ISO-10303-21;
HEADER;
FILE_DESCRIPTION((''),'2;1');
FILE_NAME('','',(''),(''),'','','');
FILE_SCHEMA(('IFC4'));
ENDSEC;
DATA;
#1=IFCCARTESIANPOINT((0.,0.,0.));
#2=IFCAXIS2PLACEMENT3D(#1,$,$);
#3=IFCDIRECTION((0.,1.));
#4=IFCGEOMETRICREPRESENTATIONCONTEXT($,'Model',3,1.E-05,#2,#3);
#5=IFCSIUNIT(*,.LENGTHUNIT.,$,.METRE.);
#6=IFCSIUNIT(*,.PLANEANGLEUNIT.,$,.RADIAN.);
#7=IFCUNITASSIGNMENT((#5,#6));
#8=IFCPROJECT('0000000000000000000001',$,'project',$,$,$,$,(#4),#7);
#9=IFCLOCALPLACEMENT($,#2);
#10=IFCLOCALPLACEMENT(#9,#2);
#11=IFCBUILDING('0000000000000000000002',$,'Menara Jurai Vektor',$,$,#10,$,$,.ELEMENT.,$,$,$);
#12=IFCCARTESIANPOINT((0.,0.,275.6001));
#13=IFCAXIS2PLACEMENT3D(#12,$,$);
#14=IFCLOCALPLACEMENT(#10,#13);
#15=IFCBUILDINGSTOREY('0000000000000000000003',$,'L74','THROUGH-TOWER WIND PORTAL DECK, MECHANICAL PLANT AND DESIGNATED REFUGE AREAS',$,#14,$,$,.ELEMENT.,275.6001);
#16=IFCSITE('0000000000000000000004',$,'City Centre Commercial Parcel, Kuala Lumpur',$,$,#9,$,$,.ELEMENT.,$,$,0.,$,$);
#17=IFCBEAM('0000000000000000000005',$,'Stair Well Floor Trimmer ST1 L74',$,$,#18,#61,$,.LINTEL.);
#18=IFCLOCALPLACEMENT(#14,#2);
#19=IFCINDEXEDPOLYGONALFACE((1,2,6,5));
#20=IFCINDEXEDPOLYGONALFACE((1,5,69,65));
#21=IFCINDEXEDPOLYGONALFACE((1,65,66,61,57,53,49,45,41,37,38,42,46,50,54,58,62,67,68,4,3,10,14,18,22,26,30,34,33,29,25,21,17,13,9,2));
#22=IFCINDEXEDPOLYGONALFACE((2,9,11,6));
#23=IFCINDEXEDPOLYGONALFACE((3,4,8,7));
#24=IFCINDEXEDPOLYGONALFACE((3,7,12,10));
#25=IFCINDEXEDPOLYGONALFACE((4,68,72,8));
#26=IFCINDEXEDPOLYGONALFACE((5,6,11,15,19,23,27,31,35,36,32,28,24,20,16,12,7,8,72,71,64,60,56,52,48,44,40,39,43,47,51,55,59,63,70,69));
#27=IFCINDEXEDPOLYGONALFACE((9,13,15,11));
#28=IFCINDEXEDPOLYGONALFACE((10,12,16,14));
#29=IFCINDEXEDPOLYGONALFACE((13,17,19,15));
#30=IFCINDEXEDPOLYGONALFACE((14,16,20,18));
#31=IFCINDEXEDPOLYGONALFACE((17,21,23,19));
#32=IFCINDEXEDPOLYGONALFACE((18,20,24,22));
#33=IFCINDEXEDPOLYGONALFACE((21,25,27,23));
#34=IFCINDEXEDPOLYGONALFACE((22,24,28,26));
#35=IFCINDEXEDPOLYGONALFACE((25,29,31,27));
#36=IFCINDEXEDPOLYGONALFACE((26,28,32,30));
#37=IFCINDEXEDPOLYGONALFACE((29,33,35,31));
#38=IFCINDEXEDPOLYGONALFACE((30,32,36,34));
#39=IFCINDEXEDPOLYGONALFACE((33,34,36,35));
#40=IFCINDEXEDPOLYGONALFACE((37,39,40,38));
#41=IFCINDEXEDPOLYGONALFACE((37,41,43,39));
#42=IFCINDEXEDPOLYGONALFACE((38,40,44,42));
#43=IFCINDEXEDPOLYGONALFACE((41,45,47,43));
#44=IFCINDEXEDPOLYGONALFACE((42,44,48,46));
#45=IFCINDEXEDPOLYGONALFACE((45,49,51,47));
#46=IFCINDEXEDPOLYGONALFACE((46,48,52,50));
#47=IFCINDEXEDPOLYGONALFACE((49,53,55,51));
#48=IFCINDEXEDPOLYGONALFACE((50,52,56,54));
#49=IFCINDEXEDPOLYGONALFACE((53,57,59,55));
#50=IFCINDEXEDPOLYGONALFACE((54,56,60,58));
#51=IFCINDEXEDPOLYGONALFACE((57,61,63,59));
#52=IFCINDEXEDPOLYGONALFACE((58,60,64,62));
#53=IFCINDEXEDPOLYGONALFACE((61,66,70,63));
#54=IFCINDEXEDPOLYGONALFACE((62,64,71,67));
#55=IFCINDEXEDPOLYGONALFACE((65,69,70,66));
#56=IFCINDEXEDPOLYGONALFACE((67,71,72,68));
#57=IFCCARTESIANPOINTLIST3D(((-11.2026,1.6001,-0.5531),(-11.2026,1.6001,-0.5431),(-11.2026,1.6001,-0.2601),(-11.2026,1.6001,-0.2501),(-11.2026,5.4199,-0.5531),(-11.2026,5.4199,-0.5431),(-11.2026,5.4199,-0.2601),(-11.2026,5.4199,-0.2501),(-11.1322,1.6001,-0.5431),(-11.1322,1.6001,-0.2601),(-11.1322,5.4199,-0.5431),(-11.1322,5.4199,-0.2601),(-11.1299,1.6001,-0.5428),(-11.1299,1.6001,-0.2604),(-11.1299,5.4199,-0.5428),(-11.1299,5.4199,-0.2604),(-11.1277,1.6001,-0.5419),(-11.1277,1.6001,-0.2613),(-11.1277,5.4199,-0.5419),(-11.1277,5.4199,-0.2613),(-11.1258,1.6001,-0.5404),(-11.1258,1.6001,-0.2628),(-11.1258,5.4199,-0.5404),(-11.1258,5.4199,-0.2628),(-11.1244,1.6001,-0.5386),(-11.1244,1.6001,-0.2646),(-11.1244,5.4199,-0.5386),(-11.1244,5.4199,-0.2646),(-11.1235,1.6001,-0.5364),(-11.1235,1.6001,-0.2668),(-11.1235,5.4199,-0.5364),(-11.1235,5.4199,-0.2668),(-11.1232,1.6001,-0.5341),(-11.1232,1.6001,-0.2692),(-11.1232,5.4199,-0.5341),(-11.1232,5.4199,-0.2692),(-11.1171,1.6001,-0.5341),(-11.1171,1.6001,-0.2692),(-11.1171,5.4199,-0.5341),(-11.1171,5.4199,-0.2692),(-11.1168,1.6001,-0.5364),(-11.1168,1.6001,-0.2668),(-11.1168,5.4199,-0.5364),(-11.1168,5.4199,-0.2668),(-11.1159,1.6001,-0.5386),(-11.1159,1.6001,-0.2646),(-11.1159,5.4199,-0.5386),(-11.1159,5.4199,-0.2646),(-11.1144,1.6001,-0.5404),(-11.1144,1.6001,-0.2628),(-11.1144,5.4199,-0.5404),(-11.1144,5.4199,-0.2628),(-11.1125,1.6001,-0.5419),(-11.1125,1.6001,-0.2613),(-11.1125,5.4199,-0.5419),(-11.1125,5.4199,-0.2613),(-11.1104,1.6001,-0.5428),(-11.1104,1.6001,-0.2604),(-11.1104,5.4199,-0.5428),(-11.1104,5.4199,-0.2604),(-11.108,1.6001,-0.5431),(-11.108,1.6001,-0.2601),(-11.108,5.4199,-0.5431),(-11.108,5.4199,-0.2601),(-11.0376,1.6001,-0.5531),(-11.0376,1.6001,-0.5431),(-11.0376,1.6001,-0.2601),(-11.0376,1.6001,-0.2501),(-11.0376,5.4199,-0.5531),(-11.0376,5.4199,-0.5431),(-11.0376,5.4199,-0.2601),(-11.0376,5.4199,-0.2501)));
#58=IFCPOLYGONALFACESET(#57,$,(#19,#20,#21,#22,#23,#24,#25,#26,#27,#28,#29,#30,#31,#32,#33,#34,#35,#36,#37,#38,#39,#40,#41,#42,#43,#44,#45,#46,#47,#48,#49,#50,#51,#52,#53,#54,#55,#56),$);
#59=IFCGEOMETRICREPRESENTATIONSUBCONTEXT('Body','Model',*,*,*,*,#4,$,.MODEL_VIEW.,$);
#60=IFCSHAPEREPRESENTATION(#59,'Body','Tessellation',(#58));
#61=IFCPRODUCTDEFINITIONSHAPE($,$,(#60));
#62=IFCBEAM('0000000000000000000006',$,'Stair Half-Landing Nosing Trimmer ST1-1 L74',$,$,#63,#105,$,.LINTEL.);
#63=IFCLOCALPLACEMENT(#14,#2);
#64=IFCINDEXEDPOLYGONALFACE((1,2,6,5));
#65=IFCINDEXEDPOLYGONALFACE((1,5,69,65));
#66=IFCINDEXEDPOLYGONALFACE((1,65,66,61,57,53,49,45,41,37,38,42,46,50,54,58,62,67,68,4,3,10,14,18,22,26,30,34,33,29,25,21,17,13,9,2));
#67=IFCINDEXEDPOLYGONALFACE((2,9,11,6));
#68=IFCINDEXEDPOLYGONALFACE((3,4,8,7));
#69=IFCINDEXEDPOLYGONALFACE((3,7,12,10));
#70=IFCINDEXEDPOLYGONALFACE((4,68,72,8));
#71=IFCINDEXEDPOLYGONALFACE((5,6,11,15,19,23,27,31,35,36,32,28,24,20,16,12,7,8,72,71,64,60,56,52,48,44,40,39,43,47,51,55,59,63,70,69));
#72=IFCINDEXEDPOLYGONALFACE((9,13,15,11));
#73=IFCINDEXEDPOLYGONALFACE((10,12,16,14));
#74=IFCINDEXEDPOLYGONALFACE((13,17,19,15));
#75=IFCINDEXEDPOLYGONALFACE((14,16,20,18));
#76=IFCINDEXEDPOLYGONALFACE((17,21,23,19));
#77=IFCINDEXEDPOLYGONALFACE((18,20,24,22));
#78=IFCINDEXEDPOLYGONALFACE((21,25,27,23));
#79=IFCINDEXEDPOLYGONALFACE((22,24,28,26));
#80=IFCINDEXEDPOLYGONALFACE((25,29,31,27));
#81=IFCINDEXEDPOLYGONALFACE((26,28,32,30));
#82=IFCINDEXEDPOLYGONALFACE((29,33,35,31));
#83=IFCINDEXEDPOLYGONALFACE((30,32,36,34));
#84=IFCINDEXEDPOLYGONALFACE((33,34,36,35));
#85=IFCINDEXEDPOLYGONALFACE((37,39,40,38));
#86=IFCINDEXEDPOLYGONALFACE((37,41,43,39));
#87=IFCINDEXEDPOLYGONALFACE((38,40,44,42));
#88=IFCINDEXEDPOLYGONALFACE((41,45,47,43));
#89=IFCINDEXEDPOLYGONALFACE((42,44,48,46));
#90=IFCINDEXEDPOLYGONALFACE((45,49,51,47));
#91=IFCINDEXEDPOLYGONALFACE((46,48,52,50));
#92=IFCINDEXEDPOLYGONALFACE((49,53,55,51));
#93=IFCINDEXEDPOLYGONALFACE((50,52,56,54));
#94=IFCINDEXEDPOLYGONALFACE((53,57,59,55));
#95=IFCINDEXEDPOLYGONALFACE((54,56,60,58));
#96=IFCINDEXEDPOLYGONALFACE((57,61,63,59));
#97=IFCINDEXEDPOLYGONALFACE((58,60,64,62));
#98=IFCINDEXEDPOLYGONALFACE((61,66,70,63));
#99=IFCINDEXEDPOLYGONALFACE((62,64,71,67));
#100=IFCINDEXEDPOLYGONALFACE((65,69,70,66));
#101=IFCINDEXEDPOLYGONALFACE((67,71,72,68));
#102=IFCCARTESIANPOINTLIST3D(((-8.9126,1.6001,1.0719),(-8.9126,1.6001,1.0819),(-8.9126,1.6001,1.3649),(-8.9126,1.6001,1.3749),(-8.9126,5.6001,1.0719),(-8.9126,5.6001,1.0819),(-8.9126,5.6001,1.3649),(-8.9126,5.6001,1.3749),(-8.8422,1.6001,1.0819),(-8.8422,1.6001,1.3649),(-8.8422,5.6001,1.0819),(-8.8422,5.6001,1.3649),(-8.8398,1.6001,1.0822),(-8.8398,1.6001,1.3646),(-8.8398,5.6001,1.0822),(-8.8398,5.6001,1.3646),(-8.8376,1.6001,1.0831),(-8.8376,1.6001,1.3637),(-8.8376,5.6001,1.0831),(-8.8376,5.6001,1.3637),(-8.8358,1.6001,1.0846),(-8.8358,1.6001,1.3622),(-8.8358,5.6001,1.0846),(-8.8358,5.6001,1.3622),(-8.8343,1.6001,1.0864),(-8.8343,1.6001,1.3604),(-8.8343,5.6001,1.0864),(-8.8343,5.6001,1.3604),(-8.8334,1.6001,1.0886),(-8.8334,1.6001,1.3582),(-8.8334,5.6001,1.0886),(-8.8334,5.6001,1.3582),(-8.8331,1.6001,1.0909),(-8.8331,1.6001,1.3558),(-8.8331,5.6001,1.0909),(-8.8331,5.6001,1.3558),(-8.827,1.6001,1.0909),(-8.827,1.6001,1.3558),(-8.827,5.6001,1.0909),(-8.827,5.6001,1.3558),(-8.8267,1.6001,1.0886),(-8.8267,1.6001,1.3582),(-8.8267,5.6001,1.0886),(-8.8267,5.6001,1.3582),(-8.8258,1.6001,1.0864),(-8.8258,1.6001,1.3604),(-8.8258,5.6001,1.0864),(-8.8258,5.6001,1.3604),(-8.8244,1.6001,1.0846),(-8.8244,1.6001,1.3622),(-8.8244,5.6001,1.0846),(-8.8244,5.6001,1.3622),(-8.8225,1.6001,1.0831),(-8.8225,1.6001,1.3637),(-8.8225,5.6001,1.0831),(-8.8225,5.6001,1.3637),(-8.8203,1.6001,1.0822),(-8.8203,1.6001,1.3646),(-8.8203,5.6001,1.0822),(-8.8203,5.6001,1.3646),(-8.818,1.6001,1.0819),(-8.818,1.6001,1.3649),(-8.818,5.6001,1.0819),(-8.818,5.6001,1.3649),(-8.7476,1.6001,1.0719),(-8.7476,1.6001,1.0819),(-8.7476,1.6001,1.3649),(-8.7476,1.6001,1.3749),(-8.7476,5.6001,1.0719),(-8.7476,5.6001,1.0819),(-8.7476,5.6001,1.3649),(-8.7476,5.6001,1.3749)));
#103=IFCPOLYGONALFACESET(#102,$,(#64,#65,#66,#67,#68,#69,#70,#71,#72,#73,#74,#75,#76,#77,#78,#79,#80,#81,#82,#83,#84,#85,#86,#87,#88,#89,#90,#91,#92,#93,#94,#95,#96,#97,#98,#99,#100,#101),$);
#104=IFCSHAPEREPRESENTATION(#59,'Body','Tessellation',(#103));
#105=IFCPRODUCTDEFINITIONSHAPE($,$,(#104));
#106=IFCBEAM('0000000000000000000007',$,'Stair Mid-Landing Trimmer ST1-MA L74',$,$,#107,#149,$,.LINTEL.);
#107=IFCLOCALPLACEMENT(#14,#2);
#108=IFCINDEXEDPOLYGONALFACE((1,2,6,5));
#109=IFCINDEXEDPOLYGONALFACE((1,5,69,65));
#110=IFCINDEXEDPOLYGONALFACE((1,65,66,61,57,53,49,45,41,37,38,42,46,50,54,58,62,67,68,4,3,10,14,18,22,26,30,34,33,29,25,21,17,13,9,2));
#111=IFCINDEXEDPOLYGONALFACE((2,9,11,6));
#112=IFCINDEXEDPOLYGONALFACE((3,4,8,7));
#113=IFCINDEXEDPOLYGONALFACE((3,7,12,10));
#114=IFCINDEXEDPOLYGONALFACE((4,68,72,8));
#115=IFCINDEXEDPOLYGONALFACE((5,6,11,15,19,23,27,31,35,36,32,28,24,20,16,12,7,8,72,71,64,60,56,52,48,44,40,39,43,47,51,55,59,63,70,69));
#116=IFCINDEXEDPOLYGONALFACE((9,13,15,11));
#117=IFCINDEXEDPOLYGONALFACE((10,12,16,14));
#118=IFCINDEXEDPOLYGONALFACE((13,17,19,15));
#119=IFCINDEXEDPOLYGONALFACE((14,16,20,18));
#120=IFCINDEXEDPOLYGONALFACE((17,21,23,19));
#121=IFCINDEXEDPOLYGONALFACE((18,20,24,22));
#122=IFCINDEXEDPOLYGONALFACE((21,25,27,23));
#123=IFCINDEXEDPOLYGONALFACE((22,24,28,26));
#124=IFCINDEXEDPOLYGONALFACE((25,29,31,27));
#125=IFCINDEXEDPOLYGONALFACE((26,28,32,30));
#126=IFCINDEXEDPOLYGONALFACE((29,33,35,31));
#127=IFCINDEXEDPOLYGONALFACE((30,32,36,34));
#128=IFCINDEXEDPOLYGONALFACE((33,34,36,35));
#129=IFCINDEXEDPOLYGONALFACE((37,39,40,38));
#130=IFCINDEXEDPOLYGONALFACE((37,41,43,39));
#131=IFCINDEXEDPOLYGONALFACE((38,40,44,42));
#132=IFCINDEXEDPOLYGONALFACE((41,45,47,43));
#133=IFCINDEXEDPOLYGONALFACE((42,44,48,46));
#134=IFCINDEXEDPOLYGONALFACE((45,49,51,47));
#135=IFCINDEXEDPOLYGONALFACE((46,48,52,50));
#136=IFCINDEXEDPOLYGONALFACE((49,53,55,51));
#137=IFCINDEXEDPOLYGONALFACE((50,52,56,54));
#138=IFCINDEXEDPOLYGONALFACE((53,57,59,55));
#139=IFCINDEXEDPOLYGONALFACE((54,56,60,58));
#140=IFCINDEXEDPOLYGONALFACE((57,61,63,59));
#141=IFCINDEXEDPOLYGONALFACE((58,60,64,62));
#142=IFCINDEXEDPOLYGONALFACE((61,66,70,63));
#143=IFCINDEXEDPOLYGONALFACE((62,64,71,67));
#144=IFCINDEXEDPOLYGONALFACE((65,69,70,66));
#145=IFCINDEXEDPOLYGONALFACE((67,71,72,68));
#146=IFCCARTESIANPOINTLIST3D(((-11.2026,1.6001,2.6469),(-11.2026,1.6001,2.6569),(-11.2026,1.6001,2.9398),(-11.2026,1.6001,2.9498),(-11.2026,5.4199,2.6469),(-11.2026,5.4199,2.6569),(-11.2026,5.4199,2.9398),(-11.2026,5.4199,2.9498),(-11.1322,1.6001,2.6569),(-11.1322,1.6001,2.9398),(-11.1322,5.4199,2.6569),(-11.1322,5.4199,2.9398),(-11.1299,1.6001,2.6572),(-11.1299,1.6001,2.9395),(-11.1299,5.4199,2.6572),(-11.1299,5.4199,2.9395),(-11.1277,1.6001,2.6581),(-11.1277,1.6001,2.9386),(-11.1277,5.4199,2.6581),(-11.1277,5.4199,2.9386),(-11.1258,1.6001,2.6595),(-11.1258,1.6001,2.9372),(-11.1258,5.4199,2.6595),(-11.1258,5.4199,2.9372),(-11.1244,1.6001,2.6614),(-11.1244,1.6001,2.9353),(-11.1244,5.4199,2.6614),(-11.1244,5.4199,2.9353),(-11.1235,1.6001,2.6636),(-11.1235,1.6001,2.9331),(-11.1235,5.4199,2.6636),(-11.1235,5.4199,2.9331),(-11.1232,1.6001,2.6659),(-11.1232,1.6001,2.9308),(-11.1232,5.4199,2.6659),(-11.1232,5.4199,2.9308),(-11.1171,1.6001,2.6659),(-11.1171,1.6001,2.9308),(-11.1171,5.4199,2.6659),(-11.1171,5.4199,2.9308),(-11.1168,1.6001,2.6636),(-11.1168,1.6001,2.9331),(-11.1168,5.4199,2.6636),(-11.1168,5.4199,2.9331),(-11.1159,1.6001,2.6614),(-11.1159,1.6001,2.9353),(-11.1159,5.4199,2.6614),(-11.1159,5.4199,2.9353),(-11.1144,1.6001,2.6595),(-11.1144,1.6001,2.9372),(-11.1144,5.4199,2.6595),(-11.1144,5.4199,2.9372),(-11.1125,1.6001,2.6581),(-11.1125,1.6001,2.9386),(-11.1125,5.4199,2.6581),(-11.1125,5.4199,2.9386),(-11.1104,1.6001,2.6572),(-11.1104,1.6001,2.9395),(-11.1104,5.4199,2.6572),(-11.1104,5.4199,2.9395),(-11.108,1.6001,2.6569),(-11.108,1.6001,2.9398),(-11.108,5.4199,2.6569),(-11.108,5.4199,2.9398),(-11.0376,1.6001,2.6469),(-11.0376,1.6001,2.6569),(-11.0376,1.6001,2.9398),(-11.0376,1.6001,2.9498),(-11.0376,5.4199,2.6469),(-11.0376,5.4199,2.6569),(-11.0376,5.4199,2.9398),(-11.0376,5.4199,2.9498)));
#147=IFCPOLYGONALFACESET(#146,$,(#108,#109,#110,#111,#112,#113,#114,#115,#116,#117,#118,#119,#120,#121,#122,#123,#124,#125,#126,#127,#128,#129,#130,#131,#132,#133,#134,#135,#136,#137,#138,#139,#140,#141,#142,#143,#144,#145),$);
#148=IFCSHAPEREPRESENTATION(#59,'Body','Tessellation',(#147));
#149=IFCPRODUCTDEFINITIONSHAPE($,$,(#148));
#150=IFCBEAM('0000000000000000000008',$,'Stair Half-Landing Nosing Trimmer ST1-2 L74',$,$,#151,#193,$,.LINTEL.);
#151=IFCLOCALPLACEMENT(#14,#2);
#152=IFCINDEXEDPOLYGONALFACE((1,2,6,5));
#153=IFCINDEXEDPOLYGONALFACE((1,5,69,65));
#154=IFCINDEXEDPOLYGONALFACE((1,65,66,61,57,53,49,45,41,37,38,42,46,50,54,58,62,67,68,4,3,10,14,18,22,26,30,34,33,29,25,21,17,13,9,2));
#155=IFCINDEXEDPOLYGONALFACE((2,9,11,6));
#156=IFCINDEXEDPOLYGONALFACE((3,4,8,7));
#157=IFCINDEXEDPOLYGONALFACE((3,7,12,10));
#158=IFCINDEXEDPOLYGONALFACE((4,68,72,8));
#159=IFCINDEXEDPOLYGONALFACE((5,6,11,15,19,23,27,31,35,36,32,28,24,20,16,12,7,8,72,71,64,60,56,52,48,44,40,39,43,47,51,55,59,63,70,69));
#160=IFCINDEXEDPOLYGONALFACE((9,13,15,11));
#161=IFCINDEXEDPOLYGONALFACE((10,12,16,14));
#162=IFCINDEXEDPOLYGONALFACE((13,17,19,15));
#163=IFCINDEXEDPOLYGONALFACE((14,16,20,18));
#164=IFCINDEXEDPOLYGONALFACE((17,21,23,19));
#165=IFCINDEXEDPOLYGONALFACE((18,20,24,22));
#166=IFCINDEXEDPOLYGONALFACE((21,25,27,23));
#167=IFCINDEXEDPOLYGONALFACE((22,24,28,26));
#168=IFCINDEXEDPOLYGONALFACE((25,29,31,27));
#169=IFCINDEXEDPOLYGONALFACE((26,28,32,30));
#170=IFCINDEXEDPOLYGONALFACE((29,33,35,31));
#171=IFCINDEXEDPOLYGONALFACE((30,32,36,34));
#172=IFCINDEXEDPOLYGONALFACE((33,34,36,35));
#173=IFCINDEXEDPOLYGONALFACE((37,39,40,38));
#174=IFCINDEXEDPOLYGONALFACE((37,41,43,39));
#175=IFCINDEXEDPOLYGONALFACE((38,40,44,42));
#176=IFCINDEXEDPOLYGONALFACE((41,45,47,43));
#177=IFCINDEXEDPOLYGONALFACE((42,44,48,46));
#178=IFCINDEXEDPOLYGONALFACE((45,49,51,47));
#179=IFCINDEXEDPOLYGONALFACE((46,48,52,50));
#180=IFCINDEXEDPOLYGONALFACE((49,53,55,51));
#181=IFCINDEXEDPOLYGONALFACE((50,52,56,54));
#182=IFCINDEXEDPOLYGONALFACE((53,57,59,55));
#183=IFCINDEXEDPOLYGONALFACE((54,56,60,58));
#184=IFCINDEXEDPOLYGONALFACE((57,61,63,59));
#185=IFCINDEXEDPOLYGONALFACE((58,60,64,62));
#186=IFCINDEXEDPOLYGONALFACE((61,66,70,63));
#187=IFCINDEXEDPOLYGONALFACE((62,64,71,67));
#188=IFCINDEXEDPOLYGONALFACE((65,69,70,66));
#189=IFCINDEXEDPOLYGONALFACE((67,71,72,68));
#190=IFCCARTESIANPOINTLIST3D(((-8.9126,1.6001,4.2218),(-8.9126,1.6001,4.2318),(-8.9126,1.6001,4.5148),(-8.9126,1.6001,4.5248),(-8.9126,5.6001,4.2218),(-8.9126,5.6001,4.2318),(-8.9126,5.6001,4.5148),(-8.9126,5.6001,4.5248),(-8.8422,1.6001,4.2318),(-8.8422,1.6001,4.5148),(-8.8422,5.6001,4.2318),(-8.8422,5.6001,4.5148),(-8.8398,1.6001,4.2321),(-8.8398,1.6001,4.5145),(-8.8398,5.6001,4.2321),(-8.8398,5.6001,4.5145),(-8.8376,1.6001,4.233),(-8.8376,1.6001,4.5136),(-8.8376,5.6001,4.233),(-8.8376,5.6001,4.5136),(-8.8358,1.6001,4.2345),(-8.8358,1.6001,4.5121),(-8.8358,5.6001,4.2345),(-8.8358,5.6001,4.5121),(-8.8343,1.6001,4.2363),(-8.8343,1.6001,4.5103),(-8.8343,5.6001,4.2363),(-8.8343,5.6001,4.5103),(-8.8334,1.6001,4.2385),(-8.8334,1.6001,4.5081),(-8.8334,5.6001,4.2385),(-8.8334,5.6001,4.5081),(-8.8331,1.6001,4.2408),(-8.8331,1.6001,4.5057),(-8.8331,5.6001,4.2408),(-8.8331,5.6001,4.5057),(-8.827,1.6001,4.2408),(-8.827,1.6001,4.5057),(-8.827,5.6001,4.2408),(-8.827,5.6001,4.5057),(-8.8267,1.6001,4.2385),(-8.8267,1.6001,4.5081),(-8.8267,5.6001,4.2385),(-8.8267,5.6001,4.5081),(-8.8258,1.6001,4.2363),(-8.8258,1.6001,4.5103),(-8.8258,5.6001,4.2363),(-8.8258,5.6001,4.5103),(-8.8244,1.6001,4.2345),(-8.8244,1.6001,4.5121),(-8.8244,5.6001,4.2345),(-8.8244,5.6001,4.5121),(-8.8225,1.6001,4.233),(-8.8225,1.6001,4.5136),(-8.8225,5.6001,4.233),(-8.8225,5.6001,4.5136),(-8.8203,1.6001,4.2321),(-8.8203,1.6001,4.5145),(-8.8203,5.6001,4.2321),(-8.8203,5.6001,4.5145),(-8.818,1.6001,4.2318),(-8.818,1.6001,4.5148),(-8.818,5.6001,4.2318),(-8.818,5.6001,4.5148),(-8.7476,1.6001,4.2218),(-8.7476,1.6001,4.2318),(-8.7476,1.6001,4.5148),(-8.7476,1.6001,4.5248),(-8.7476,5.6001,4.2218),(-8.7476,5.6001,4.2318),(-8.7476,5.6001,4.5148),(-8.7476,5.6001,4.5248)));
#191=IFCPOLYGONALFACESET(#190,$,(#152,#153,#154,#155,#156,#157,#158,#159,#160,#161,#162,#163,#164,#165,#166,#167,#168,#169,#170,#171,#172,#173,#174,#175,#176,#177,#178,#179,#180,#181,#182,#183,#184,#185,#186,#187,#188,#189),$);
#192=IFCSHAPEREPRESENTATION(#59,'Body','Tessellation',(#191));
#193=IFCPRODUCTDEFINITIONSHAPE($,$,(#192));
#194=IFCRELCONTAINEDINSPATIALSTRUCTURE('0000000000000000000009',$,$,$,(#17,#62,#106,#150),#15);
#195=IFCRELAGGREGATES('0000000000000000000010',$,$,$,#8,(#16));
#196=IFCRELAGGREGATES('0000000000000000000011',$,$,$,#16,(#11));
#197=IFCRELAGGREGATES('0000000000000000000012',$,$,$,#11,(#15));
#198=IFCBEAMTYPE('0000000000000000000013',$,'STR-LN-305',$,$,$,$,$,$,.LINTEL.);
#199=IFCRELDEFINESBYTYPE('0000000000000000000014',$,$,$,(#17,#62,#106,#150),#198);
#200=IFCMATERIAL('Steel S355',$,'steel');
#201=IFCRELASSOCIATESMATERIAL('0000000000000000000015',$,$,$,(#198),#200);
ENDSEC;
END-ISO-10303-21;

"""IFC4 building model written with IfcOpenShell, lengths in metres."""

from ifc_helpers import new_model, si_unit, direction, frame, origin, origin_2d, place, context, subcontext, project, spatial, i_section, extrude, material, material_profile, profile_set, type_object, element, save


model = new_model("IFC4")

# Units and contexts
model_context = context("Model", 3, precision=1e-05, world=origin(), true_north=direction((0.0, 1.0)))
body_context = subcontext(model_context, "Body", "Model", "MODEL_VIEW")
ifc_project = project(units=[si_unit("LENGTHUNIT", "METRE"), si_unit("PLANEANGLEUNIT", "RADIAN")], contexts=[model_context])

# Site, building, storey
site_placement = place(None, origin())
site = spatial("IfcSite", under=ifc_project, at=site_placement, Name="City Centre Commercial Parcel, Kuala Lumpur", CompositionType="ELEMENT", RefElevation=0.0)
building_placement = place(site_placement, origin())
building = spatial("IfcBuilding", under=site, at=building_placement, Name="Menara Jurai Vektor", CompositionType="ELEMENT")
storey_placement = place(building_placement, frame((0.0, 0.0, 275.6001)))
storey = spatial("IfcBuildingStorey", under=building, at=storey_placement, Name="L74", Description="THROUGH-TOWER WIND PORTAL DECK, MECHANICAL PLANT AND DESIGNATED REFUGE AREAS", CompositionType="ELEMENT", Elevation=275.6001)

# Beams
ifc_material_1 = material(Name="Steel S355", Category="steel")
ifc_material_profile = material_profile(ifc_material_1, i_section(OverallWidth=0.165, OverallDepth=0.303, WebThickness=0.0061, FlangeThickness=0.01, FilletRadius=0.009, at=origin_2d()), Name="UKB 305x165x40")
ifc_profile_set = profile_set([ifc_material_profile], Name="Steel S355")
beam_type = type_object("IfcBeamType", Name="STR-LN-305", PredefinedType="LINTEL", material=ifc_profile_set)
beam_1_placement = place(storey_placement, frame((-11.1201, 1.6001, -0.4016), z_axis=(0.0, 1.0, 0.0), x_axis=(-1.0, 0.0, 0.0)))
element("IfcBeam", 1, at=beam_1_placement, inside=storey, type_object=beam_type, Name="Stair Well Floor Trimmer ST1 L74", PredefinedType="LINTEL", context=body_context, shape_type="SweptSolid", body=[
    extrude(i_section(OverallWidth=0.165, OverallDepth=0.303, WebThickness=0.0061, FlangeThickness=0.01, FilletRadius=0.009, at=origin_2d()), origin(), (0.0, 0.0, 1.0), 3.8198),
])
beam_2_placement = place(storey_placement, frame((-8.8301, 1.6001, 1.2234), z_axis=(0.0, 1.0, 0.0), x_axis=(-1.0, 0.0, 0.0)))
element("IfcBeam", 2, at=beam_2_placement, inside=storey, type_object=beam_type, Name="Stair Half-Landing Nosing Trimmer ST1-1 L74", PredefinedType="LINTEL", context=body_context, shape_type="SweptSolid", body=[
    extrude(i_section(OverallWidth=0.165, OverallDepth=0.303, WebThickness=0.0061, FlangeThickness=0.01, FilletRadius=0.009, at=origin_2d()), origin(), (0.0, 0.0, 1.0), 4.0),
])
beam_3_placement = place(storey_placement, frame((-11.1201, 1.6001, 2.7983), z_axis=(0.0, 1.0, 0.0), x_axis=(-1.0, 0.0, 0.0)))
element("IfcBeam", 3, at=beam_3_placement, inside=storey, type_object=beam_type, Name="Stair Mid-Landing Trimmer ST1-MA L74", PredefinedType="LINTEL", context=body_context, shape_type="SweptSolid", body=[
    extrude(i_section(OverallWidth=0.165, OverallDepth=0.303, WebThickness=0.0061, FlangeThickness=0.01, FilletRadius=0.009, at=origin_2d()), origin(), (0.0, 0.0, 1.0), 3.8198),
])
beam_4_placement = place(storey_placement, frame((-8.8301, 1.6001, 4.3733), z_axis=(0.0, 1.0, 0.0), x_axis=(-1.0, 0.0, 0.0)))
element("IfcBeam", 4, at=beam_4_placement, inside=storey, type_object=beam_type, Name="Stair Half-Landing Nosing Trimmer ST1-2 L74", PredefinedType="LINTEL", context=body_context, shape_type="SweptSolid", body=[
    extrude(i_section(OverallWidth=0.165, OverallDepth=0.303, WebThickness=0.0061, FlangeThickness=0.01, FilletRadius=0.009, at=origin_2d()), origin(), (0.0, 0.0, 1.0), 4.0),
])

save(model, "model.ifc")
